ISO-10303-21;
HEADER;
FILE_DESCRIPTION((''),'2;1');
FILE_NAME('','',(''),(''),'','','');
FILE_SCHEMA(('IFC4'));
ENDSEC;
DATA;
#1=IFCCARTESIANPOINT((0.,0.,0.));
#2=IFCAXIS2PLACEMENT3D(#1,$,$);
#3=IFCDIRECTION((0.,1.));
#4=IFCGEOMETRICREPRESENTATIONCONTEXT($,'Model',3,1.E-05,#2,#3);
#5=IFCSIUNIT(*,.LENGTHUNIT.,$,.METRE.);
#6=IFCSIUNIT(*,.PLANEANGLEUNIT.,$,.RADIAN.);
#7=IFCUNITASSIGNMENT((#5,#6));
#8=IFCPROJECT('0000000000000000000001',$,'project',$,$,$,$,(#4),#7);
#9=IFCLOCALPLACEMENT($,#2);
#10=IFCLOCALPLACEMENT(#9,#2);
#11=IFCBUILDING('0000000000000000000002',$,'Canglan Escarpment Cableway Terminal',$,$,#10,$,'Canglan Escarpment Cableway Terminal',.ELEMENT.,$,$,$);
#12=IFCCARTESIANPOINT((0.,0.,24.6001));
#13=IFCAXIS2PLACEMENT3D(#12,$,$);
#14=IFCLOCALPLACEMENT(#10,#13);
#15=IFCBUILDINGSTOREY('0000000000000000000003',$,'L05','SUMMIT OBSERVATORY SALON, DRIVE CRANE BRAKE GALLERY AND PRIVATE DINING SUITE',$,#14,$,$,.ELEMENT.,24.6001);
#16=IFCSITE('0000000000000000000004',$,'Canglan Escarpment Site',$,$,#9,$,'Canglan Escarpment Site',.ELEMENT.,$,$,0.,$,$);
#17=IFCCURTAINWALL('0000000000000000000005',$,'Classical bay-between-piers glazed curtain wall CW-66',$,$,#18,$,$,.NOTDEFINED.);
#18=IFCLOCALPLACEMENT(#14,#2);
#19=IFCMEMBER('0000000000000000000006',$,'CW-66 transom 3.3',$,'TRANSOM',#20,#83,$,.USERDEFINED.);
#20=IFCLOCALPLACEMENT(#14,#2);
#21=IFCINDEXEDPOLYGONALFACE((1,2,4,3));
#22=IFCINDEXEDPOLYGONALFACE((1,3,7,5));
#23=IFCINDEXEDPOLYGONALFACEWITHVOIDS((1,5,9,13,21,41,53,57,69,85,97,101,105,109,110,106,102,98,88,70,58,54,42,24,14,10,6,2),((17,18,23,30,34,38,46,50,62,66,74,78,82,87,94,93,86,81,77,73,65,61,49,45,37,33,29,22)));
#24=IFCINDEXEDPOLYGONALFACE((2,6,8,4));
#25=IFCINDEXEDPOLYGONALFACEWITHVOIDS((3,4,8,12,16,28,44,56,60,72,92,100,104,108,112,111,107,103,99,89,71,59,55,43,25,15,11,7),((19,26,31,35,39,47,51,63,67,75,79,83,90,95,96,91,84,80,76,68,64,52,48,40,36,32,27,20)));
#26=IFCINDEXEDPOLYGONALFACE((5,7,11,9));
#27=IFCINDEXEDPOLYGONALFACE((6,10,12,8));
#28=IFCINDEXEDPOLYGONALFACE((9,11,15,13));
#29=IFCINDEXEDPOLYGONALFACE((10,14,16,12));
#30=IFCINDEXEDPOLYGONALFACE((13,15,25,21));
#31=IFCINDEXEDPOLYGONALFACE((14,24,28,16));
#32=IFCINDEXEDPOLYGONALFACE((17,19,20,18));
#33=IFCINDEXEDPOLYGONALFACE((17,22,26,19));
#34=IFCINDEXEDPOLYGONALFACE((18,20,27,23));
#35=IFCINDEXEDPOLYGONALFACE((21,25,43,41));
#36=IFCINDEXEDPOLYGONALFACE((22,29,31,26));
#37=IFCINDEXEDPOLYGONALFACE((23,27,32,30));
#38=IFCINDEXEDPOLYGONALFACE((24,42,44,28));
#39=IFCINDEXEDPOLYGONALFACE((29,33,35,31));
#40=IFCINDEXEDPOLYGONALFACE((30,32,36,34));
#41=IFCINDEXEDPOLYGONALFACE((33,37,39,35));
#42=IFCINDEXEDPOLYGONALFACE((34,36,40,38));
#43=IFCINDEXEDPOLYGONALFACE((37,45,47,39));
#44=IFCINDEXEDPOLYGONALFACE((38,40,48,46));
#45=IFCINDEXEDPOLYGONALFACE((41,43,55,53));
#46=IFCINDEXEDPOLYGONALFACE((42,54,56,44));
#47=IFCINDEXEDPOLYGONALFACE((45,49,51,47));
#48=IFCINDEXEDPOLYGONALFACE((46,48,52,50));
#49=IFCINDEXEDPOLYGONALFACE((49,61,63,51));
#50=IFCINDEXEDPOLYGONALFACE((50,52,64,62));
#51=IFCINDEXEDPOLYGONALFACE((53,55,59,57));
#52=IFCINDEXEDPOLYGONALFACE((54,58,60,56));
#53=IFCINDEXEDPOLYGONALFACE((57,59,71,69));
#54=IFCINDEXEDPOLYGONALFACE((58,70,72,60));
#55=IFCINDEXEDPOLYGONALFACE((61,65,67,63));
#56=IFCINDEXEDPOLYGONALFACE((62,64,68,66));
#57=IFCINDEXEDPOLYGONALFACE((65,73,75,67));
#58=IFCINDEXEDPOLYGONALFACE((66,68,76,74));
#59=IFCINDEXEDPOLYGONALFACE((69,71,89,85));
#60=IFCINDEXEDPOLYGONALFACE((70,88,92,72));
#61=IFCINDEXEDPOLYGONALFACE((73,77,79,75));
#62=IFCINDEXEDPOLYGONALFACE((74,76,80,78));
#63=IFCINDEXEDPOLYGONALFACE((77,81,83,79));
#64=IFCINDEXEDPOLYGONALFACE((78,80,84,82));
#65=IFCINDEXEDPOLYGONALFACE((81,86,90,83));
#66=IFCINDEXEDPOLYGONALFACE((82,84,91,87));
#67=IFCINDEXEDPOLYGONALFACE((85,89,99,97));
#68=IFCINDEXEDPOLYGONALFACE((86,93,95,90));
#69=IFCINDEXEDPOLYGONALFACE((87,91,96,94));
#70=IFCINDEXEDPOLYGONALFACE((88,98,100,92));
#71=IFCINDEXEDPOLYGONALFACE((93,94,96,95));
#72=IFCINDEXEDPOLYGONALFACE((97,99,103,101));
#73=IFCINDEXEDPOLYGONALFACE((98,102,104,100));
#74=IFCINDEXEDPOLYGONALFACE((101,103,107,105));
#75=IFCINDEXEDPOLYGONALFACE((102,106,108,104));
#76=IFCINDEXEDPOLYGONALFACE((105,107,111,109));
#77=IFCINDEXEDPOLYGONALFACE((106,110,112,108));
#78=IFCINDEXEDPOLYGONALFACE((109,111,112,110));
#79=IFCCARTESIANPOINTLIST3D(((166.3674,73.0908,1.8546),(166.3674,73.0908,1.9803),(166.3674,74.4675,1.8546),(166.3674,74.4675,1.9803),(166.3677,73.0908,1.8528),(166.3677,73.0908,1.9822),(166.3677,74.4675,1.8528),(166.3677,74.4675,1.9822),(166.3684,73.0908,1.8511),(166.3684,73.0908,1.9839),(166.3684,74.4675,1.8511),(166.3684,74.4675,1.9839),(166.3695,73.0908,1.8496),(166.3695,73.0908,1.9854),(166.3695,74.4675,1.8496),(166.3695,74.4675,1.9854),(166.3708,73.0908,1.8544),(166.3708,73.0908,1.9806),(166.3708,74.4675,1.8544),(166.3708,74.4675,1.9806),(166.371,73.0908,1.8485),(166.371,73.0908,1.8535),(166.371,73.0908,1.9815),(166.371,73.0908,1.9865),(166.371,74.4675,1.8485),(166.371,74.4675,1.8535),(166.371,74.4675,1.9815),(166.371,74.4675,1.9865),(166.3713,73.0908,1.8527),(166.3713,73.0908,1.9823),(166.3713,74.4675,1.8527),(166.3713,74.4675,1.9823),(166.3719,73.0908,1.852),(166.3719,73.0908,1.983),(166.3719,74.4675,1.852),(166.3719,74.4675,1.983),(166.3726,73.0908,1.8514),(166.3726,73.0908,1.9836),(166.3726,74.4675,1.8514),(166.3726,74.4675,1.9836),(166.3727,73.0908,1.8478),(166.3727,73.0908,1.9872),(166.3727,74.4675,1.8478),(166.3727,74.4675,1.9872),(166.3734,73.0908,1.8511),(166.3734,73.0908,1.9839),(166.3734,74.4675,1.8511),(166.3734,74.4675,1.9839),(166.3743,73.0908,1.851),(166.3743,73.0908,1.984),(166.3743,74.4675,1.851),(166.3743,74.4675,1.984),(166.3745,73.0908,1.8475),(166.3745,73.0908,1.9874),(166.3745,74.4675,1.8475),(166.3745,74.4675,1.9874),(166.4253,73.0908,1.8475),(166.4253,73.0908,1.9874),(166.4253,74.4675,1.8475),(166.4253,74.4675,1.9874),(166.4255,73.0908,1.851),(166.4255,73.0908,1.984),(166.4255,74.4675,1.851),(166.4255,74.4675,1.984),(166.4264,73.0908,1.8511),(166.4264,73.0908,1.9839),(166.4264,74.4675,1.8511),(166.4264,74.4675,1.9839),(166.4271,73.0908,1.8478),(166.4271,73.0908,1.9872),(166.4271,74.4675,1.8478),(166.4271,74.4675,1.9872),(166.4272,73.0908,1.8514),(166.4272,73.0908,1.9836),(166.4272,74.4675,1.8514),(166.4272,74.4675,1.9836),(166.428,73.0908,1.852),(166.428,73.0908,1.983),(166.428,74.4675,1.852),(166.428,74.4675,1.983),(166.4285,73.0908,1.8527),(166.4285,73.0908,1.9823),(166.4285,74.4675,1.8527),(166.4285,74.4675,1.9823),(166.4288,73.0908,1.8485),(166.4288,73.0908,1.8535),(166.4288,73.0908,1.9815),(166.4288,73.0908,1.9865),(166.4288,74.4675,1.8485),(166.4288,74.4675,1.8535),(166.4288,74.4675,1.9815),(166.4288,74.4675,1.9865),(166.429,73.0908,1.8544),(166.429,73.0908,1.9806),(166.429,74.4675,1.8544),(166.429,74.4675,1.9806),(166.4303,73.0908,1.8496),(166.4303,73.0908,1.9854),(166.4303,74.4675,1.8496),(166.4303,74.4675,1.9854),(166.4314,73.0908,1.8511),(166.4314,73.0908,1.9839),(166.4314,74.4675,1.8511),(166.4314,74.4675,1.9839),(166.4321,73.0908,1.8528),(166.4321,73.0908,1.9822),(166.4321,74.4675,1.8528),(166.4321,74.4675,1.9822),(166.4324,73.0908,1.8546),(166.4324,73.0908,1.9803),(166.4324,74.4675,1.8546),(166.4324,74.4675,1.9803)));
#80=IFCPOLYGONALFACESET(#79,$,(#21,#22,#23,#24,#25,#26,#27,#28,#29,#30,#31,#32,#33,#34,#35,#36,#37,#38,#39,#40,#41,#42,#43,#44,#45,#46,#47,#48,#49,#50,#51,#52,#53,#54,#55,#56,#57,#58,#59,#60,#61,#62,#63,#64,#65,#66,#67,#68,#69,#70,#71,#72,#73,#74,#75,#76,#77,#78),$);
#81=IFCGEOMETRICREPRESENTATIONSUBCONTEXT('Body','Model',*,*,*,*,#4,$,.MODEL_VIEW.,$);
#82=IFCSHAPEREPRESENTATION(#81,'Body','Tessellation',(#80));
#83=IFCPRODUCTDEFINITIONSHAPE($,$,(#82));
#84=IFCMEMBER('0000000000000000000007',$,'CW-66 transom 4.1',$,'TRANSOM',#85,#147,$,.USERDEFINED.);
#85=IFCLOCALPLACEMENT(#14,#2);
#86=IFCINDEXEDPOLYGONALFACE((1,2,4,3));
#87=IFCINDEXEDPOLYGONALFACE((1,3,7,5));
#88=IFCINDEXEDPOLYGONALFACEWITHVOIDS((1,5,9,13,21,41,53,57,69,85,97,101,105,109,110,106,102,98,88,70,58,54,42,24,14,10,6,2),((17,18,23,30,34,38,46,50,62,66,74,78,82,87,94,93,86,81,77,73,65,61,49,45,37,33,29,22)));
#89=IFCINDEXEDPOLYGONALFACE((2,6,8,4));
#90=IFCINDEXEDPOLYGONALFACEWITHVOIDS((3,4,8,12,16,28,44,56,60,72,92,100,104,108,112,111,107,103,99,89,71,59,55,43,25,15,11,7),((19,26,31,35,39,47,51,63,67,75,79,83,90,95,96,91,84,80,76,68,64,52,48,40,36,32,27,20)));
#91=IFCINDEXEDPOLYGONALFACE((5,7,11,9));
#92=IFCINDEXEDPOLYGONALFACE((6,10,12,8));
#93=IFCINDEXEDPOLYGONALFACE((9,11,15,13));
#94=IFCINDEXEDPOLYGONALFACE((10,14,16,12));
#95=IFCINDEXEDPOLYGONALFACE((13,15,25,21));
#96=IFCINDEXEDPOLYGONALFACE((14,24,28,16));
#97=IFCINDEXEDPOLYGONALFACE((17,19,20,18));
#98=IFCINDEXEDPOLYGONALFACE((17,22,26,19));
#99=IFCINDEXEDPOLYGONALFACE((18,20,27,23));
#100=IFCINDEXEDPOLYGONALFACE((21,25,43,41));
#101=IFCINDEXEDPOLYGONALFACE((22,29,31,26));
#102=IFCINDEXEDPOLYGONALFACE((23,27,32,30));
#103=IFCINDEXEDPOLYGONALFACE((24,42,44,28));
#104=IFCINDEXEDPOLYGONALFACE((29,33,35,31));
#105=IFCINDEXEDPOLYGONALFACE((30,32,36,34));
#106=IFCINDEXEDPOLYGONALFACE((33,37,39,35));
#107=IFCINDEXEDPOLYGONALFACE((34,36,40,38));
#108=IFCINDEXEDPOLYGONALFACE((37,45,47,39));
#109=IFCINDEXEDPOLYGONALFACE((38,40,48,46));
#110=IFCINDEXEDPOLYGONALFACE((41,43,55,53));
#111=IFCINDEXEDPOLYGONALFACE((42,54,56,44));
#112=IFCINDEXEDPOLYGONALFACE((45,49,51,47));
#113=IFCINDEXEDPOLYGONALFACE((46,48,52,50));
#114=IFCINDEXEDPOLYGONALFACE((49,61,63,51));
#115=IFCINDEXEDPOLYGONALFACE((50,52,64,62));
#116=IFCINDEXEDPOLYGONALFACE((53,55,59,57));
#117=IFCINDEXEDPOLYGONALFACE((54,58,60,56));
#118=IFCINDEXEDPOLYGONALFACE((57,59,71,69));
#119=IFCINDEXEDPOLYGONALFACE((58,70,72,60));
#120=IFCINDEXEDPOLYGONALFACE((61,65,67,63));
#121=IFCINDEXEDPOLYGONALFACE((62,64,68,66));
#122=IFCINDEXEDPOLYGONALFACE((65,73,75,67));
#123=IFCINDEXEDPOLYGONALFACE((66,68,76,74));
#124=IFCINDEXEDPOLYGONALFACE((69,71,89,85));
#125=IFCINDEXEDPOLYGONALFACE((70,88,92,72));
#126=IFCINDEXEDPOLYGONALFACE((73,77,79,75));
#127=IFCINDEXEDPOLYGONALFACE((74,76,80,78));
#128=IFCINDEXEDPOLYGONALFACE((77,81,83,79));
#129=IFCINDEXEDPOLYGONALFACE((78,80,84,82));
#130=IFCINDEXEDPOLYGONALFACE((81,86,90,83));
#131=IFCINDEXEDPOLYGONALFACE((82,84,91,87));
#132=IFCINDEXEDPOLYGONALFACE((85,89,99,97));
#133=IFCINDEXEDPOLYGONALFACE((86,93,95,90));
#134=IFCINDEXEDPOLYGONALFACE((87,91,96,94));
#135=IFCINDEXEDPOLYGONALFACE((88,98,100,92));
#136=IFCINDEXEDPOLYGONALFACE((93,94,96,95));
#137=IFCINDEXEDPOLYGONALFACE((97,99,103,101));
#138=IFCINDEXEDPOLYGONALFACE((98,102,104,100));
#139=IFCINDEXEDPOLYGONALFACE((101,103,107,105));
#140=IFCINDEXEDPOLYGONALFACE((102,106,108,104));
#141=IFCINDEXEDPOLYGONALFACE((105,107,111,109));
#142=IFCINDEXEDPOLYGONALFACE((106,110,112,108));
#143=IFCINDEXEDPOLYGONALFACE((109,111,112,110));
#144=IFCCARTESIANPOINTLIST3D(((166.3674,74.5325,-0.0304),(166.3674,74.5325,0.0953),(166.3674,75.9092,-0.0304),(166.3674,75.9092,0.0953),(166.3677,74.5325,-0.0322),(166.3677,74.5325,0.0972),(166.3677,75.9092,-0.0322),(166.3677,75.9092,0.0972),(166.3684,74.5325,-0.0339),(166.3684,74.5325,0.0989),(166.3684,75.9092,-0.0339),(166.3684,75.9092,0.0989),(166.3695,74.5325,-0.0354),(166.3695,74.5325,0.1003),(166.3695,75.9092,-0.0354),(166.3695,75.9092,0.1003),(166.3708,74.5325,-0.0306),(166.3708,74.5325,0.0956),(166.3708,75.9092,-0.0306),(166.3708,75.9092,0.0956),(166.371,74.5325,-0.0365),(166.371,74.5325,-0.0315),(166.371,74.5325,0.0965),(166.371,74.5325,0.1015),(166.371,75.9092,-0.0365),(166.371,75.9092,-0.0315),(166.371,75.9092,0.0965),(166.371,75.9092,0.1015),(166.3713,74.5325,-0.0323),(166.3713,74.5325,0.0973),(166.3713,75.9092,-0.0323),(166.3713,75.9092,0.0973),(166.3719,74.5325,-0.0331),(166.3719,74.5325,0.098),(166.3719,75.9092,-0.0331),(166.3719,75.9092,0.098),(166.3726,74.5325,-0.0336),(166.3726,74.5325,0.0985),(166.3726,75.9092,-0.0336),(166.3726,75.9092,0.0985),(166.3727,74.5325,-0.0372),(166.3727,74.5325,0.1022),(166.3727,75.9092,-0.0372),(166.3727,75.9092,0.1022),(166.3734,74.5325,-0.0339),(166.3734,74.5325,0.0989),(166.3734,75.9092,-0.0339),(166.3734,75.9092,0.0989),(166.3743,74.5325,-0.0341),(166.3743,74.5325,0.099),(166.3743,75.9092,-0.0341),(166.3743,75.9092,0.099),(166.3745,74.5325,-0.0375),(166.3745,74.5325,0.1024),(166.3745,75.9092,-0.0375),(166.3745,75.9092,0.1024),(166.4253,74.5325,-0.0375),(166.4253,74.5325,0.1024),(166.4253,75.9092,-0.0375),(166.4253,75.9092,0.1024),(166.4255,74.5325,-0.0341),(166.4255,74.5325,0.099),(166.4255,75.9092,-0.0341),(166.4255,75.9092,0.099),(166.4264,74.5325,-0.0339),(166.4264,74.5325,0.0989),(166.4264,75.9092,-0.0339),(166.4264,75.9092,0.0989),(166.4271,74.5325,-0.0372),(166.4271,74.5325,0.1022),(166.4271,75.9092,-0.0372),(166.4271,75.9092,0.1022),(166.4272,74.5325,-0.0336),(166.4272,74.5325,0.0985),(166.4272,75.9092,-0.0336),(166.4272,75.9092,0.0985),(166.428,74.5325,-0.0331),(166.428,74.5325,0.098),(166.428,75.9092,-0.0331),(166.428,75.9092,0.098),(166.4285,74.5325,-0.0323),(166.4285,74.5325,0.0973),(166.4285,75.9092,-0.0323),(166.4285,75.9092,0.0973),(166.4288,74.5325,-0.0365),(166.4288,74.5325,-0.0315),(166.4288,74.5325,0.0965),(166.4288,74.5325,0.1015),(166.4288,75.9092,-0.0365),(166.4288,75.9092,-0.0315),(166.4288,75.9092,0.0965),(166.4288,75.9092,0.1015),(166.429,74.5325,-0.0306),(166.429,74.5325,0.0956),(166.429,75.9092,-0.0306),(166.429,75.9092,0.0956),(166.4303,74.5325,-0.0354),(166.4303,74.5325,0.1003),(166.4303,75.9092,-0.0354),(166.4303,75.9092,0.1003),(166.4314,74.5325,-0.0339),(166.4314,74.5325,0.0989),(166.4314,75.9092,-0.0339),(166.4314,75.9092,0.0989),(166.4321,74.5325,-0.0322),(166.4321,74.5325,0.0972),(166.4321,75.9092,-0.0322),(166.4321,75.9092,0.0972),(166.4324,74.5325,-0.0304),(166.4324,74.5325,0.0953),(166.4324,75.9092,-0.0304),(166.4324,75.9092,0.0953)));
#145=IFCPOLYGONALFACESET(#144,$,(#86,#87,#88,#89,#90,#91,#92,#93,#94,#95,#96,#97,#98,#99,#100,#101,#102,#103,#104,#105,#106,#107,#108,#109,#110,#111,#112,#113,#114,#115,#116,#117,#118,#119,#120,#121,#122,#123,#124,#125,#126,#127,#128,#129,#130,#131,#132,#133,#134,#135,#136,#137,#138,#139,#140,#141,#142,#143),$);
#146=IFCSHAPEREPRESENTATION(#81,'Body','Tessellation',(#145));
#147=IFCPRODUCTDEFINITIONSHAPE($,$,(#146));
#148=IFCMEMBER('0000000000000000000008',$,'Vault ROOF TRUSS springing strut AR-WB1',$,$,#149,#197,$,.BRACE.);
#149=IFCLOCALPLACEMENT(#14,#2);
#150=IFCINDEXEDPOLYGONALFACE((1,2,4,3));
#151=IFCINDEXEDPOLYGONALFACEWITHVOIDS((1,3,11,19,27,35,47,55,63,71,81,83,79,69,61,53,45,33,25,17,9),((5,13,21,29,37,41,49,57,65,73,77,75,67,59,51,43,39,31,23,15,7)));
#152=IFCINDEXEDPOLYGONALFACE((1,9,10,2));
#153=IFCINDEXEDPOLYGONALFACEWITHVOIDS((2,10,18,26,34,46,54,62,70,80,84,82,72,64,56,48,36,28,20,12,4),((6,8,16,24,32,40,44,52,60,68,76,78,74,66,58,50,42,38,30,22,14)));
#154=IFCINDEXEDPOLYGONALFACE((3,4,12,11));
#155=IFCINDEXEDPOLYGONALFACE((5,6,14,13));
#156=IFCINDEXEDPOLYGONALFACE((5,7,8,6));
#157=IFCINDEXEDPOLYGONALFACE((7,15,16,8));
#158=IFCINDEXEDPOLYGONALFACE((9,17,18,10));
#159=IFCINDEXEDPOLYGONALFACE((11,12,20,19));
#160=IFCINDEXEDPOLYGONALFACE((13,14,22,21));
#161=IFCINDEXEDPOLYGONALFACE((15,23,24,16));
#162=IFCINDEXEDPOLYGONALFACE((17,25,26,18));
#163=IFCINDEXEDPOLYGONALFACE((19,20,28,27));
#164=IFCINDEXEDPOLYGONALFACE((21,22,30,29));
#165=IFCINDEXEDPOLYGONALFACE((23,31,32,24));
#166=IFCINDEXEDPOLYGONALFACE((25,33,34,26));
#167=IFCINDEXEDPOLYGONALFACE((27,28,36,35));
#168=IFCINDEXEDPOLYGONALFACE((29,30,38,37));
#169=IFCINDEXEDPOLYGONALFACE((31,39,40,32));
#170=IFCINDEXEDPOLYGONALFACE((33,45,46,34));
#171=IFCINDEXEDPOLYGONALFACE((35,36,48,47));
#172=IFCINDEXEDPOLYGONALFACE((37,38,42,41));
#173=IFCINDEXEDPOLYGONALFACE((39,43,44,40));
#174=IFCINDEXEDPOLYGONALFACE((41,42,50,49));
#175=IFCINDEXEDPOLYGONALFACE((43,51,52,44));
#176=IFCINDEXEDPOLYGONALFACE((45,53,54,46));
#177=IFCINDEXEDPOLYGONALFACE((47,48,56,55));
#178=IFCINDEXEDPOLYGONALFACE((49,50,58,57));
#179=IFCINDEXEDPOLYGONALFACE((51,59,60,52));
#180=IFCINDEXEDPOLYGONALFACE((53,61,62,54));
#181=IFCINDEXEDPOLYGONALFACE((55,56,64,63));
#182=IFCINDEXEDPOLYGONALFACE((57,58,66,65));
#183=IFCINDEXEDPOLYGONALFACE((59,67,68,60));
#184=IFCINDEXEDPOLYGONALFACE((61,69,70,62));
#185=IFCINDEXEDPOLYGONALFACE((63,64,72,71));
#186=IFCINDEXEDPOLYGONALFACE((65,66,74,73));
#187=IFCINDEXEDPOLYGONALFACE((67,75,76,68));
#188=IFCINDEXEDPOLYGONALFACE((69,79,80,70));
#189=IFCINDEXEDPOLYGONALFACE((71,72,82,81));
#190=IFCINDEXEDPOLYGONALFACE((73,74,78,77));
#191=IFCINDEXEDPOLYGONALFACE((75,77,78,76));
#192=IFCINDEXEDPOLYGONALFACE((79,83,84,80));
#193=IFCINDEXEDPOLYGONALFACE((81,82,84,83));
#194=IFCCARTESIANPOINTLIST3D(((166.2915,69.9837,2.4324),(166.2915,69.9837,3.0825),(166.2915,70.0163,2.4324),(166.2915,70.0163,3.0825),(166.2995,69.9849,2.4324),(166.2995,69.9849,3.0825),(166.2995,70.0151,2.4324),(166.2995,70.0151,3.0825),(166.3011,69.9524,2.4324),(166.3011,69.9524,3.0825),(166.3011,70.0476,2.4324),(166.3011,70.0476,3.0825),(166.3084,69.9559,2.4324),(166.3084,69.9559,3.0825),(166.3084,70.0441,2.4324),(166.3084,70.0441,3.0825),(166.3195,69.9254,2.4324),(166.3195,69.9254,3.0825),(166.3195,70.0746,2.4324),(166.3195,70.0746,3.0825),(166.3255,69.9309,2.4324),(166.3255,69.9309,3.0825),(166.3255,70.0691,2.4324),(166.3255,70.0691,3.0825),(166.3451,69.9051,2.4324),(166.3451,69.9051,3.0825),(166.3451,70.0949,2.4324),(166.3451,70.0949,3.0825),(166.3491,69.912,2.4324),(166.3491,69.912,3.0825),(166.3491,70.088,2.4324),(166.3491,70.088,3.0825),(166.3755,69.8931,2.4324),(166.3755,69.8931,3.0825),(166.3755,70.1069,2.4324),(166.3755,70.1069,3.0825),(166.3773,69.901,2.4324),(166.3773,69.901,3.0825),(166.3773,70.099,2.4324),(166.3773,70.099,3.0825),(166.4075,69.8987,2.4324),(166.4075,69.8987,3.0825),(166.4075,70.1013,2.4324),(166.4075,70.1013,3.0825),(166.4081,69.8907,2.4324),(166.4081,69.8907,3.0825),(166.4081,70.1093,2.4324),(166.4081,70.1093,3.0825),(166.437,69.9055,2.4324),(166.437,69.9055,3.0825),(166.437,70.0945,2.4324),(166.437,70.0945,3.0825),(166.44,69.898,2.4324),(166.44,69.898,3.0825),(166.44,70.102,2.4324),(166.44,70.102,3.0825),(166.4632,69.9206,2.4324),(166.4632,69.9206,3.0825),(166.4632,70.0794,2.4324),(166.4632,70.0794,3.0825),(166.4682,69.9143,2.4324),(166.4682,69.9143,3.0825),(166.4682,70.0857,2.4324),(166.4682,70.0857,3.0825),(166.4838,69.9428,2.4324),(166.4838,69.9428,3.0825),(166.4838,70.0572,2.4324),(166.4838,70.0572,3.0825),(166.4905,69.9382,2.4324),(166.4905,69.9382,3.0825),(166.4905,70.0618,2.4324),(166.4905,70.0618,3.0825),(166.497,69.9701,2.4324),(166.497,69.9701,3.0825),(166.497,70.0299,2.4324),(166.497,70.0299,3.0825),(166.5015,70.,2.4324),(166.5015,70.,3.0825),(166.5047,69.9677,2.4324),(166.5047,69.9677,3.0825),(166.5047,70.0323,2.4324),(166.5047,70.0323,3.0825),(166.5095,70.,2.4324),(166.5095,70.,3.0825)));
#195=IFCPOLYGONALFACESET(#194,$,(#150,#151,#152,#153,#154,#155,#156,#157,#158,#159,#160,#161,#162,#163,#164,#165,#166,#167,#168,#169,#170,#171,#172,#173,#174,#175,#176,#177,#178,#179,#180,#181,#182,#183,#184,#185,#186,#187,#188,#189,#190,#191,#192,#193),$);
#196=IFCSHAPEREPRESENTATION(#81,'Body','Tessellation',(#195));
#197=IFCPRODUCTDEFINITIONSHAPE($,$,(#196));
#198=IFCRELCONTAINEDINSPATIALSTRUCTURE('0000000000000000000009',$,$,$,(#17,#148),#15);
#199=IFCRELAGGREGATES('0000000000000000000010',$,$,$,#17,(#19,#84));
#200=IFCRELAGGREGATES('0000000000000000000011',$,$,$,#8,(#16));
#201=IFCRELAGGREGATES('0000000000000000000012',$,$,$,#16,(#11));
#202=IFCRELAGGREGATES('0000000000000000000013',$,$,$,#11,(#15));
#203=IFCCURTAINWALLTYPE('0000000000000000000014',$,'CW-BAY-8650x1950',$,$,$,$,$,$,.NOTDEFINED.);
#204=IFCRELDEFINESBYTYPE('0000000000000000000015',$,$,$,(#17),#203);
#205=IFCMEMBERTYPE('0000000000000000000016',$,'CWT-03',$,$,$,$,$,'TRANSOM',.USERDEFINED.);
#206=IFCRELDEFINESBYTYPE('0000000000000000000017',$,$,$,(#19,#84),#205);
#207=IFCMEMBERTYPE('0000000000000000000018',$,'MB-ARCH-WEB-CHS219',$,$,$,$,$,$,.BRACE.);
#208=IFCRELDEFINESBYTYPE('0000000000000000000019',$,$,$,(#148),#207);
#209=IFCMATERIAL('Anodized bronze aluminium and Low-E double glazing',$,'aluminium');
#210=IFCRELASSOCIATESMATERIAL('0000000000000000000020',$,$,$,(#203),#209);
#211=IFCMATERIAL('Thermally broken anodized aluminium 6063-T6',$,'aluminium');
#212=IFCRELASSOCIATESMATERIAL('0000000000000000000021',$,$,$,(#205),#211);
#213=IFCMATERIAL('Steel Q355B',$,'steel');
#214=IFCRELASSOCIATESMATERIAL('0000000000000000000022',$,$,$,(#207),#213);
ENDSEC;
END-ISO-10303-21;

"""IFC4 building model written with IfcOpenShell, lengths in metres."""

from ifc_helpers import new_model, si_unit, direction, frame, origin, origin_2d, place, context, subcontext, project, spatial, hollow_rectangle, hollow_circle, extrude, material, material_profile, profile_set, type_object, element, aggregate, save


model = new_model("IFC4")

# Units and contexts
model_context = context("Model", 3, precision=1e-05, world=origin(), true_north=direction((0.0, 1.0)))
body_context = subcontext(model_context, "Body", "Model", "MODEL_VIEW")
ifc_project = project(units=[si_unit("LENGTHUNIT", "METRE"), si_unit("PLANEANGLEUNIT", "RADIAN")], contexts=[model_context])

# Site, building, storey
site_placement = place(None, origin())
site = spatial("IfcSite", under=ifc_project, at=site_placement, Name="Canglan Escarpment Site", LongName="Canglan Escarpment Site", CompositionType="ELEMENT", RefElevation=0.0)
building_placement = place(site_placement, origin())
building = spatial("IfcBuilding", under=site, at=building_placement, Name="Canglan Escarpment Cableway Terminal", LongName="Canglan Escarpment Cableway Terminal", CompositionType="ELEMENT")
storey_placement = place(building_placement, frame((0.0, 0.0, 24.6001)))
storey = spatial("IfcBuildingStorey", under=building, at=storey_placement, Name="L05", Description="SUMMIT OBSERVATORY SALON, DRIVE CRANE BRAKE GALLERY AND PRIVATE DINING SUITE", CompositionType="ELEMENT", Elevation=24.6001)

# Shared definitions
ifc_material_1 = material(Name="Steel Q355B", Category="steel")

# Curtain wall
ifc_material_2 = material(Name="Anodized bronze aluminium and Low-E double glazing", Category="aluminium")
curtain_wall_type = type_object("IfcCurtainWallType", Name="CW-BAY-8650x1950", PredefinedType="NOTDEFINED", material=ifc_material_2)
ifc_material_3 = material(Name="Thermally broken anodized aluminium 6063-T6", Category="aluminium")
curtain_wall_1_placement = place(storey_placement, origin())
curtain_wall_1 = element("IfcCurtainWall", 1, at=curtain_wall_1_placement, inside=storey, type_object=curtain_wall_type, Name="Classical bay-between-piers glazed curtain wall CW-66", PredefinedType="NOTDEFINED")

# Members
ifc_material_profile_1 = material_profile(ifc_material_3, hollow_rectangle(XDim=0.0649, YDim=0.1399, WallThickness=0.0034, InnerFilletRadius=0.0034, OuterFilletRadius=0.0071, at=origin_2d()), Name="ALU-TRAN 65x140x3.5")
ifc_profile_set_1 = profile_set([ifc_material_profile_1], Name="Thermally broken anodized aluminium 6063-T6")
member_type_1 = type_object("IfcMemberType", Name="CWT-03", ElementType="TRANSOM", PredefinedType="USERDEFINED", material=ifc_profile_set_1)
member_1_placement = place(storey_placement, frame((166.3999, 73.0908, 1.9175), z_axis=(0.0, 1.0, 0.0), x_axis=(-1.0, 0.0, 0.0)))
member_1 = element("IfcMember", 2, at=member_1_placement, type_object=member_type_1, Name="CW-66 transom 3.3", ObjectType="TRANSOM", PredefinedType="USERDEFINED", context=body_context, shape_type="SweptSolid", body=[
    extrude(hollow_rectangle(XDim=0.0649, YDim=0.1399, WallThickness=0.0034, InnerFilletRadius=0.0034, OuterFilletRadius=0.0071, at=origin_2d()), origin(), (0.0, 0.0, 1.0), 1.3767),
])
member_2_placement = place(storey_placement, frame((166.3999, 74.5325, 0.0325), z_axis=(0.0, 1.0, 0.0), x_axis=(-1.0, 0.0, 0.0)))
member_2 = element("IfcMember", 3, at=member_2_placement, type_object=member_type_1, Name="CW-66 transom 4.1", ObjectType="TRANSOM", PredefinedType="USERDEFINED", context=body_context, shape_type="SweptSolid", body=[
    extrude(hollow_rectangle(XDim=0.0649, YDim=0.1399, WallThickness=0.0034, InnerFilletRadius=0.0034, OuterFilletRadius=0.0071, at=origin_2d()), origin(), (0.0, 0.0, 1.0), 1.3767),
])

# Member
ifc_material_profile_2 = material_profile(ifc_material_1, hollow_circle(Radius=0.1096, WallThickness=0.0081, at=origin_2d()), Name="CHS 219.1x8")
ifc_profile_set_2 = profile_set([ifc_material_profile_2], Name="Steel Q355B")
member_type_2 = type_object("IfcMemberType", Name="MB-ARCH-WEB-CHS219", PredefinedType="BRACE", material=ifc_profile_set_2)
member_3_placement = place(storey_placement, frame((166.3999, 70.0, 2.4324), z_axis=(0.0, 0.0, 1.0), x_axis=(1.0, 0.0, 0.0)))
element("IfcMember", 4, at=member_3_placement, inside=storey, type_object=member_type_2, Name="Vault ROOF TRUSS springing strut AR-WB1", PredefinedType="BRACE", context=body_context, shape_type="SweptSolid", body=[
    extrude(hollow_circle(Radius=0.1096, WallThickness=0.0081, at=origin_2d()), origin(), (0.0, 0.0, 1.0), 0.6501),
])

aggregate(curtain_wall_1, [member_1, member_2])

save(model, "model.ifc")
